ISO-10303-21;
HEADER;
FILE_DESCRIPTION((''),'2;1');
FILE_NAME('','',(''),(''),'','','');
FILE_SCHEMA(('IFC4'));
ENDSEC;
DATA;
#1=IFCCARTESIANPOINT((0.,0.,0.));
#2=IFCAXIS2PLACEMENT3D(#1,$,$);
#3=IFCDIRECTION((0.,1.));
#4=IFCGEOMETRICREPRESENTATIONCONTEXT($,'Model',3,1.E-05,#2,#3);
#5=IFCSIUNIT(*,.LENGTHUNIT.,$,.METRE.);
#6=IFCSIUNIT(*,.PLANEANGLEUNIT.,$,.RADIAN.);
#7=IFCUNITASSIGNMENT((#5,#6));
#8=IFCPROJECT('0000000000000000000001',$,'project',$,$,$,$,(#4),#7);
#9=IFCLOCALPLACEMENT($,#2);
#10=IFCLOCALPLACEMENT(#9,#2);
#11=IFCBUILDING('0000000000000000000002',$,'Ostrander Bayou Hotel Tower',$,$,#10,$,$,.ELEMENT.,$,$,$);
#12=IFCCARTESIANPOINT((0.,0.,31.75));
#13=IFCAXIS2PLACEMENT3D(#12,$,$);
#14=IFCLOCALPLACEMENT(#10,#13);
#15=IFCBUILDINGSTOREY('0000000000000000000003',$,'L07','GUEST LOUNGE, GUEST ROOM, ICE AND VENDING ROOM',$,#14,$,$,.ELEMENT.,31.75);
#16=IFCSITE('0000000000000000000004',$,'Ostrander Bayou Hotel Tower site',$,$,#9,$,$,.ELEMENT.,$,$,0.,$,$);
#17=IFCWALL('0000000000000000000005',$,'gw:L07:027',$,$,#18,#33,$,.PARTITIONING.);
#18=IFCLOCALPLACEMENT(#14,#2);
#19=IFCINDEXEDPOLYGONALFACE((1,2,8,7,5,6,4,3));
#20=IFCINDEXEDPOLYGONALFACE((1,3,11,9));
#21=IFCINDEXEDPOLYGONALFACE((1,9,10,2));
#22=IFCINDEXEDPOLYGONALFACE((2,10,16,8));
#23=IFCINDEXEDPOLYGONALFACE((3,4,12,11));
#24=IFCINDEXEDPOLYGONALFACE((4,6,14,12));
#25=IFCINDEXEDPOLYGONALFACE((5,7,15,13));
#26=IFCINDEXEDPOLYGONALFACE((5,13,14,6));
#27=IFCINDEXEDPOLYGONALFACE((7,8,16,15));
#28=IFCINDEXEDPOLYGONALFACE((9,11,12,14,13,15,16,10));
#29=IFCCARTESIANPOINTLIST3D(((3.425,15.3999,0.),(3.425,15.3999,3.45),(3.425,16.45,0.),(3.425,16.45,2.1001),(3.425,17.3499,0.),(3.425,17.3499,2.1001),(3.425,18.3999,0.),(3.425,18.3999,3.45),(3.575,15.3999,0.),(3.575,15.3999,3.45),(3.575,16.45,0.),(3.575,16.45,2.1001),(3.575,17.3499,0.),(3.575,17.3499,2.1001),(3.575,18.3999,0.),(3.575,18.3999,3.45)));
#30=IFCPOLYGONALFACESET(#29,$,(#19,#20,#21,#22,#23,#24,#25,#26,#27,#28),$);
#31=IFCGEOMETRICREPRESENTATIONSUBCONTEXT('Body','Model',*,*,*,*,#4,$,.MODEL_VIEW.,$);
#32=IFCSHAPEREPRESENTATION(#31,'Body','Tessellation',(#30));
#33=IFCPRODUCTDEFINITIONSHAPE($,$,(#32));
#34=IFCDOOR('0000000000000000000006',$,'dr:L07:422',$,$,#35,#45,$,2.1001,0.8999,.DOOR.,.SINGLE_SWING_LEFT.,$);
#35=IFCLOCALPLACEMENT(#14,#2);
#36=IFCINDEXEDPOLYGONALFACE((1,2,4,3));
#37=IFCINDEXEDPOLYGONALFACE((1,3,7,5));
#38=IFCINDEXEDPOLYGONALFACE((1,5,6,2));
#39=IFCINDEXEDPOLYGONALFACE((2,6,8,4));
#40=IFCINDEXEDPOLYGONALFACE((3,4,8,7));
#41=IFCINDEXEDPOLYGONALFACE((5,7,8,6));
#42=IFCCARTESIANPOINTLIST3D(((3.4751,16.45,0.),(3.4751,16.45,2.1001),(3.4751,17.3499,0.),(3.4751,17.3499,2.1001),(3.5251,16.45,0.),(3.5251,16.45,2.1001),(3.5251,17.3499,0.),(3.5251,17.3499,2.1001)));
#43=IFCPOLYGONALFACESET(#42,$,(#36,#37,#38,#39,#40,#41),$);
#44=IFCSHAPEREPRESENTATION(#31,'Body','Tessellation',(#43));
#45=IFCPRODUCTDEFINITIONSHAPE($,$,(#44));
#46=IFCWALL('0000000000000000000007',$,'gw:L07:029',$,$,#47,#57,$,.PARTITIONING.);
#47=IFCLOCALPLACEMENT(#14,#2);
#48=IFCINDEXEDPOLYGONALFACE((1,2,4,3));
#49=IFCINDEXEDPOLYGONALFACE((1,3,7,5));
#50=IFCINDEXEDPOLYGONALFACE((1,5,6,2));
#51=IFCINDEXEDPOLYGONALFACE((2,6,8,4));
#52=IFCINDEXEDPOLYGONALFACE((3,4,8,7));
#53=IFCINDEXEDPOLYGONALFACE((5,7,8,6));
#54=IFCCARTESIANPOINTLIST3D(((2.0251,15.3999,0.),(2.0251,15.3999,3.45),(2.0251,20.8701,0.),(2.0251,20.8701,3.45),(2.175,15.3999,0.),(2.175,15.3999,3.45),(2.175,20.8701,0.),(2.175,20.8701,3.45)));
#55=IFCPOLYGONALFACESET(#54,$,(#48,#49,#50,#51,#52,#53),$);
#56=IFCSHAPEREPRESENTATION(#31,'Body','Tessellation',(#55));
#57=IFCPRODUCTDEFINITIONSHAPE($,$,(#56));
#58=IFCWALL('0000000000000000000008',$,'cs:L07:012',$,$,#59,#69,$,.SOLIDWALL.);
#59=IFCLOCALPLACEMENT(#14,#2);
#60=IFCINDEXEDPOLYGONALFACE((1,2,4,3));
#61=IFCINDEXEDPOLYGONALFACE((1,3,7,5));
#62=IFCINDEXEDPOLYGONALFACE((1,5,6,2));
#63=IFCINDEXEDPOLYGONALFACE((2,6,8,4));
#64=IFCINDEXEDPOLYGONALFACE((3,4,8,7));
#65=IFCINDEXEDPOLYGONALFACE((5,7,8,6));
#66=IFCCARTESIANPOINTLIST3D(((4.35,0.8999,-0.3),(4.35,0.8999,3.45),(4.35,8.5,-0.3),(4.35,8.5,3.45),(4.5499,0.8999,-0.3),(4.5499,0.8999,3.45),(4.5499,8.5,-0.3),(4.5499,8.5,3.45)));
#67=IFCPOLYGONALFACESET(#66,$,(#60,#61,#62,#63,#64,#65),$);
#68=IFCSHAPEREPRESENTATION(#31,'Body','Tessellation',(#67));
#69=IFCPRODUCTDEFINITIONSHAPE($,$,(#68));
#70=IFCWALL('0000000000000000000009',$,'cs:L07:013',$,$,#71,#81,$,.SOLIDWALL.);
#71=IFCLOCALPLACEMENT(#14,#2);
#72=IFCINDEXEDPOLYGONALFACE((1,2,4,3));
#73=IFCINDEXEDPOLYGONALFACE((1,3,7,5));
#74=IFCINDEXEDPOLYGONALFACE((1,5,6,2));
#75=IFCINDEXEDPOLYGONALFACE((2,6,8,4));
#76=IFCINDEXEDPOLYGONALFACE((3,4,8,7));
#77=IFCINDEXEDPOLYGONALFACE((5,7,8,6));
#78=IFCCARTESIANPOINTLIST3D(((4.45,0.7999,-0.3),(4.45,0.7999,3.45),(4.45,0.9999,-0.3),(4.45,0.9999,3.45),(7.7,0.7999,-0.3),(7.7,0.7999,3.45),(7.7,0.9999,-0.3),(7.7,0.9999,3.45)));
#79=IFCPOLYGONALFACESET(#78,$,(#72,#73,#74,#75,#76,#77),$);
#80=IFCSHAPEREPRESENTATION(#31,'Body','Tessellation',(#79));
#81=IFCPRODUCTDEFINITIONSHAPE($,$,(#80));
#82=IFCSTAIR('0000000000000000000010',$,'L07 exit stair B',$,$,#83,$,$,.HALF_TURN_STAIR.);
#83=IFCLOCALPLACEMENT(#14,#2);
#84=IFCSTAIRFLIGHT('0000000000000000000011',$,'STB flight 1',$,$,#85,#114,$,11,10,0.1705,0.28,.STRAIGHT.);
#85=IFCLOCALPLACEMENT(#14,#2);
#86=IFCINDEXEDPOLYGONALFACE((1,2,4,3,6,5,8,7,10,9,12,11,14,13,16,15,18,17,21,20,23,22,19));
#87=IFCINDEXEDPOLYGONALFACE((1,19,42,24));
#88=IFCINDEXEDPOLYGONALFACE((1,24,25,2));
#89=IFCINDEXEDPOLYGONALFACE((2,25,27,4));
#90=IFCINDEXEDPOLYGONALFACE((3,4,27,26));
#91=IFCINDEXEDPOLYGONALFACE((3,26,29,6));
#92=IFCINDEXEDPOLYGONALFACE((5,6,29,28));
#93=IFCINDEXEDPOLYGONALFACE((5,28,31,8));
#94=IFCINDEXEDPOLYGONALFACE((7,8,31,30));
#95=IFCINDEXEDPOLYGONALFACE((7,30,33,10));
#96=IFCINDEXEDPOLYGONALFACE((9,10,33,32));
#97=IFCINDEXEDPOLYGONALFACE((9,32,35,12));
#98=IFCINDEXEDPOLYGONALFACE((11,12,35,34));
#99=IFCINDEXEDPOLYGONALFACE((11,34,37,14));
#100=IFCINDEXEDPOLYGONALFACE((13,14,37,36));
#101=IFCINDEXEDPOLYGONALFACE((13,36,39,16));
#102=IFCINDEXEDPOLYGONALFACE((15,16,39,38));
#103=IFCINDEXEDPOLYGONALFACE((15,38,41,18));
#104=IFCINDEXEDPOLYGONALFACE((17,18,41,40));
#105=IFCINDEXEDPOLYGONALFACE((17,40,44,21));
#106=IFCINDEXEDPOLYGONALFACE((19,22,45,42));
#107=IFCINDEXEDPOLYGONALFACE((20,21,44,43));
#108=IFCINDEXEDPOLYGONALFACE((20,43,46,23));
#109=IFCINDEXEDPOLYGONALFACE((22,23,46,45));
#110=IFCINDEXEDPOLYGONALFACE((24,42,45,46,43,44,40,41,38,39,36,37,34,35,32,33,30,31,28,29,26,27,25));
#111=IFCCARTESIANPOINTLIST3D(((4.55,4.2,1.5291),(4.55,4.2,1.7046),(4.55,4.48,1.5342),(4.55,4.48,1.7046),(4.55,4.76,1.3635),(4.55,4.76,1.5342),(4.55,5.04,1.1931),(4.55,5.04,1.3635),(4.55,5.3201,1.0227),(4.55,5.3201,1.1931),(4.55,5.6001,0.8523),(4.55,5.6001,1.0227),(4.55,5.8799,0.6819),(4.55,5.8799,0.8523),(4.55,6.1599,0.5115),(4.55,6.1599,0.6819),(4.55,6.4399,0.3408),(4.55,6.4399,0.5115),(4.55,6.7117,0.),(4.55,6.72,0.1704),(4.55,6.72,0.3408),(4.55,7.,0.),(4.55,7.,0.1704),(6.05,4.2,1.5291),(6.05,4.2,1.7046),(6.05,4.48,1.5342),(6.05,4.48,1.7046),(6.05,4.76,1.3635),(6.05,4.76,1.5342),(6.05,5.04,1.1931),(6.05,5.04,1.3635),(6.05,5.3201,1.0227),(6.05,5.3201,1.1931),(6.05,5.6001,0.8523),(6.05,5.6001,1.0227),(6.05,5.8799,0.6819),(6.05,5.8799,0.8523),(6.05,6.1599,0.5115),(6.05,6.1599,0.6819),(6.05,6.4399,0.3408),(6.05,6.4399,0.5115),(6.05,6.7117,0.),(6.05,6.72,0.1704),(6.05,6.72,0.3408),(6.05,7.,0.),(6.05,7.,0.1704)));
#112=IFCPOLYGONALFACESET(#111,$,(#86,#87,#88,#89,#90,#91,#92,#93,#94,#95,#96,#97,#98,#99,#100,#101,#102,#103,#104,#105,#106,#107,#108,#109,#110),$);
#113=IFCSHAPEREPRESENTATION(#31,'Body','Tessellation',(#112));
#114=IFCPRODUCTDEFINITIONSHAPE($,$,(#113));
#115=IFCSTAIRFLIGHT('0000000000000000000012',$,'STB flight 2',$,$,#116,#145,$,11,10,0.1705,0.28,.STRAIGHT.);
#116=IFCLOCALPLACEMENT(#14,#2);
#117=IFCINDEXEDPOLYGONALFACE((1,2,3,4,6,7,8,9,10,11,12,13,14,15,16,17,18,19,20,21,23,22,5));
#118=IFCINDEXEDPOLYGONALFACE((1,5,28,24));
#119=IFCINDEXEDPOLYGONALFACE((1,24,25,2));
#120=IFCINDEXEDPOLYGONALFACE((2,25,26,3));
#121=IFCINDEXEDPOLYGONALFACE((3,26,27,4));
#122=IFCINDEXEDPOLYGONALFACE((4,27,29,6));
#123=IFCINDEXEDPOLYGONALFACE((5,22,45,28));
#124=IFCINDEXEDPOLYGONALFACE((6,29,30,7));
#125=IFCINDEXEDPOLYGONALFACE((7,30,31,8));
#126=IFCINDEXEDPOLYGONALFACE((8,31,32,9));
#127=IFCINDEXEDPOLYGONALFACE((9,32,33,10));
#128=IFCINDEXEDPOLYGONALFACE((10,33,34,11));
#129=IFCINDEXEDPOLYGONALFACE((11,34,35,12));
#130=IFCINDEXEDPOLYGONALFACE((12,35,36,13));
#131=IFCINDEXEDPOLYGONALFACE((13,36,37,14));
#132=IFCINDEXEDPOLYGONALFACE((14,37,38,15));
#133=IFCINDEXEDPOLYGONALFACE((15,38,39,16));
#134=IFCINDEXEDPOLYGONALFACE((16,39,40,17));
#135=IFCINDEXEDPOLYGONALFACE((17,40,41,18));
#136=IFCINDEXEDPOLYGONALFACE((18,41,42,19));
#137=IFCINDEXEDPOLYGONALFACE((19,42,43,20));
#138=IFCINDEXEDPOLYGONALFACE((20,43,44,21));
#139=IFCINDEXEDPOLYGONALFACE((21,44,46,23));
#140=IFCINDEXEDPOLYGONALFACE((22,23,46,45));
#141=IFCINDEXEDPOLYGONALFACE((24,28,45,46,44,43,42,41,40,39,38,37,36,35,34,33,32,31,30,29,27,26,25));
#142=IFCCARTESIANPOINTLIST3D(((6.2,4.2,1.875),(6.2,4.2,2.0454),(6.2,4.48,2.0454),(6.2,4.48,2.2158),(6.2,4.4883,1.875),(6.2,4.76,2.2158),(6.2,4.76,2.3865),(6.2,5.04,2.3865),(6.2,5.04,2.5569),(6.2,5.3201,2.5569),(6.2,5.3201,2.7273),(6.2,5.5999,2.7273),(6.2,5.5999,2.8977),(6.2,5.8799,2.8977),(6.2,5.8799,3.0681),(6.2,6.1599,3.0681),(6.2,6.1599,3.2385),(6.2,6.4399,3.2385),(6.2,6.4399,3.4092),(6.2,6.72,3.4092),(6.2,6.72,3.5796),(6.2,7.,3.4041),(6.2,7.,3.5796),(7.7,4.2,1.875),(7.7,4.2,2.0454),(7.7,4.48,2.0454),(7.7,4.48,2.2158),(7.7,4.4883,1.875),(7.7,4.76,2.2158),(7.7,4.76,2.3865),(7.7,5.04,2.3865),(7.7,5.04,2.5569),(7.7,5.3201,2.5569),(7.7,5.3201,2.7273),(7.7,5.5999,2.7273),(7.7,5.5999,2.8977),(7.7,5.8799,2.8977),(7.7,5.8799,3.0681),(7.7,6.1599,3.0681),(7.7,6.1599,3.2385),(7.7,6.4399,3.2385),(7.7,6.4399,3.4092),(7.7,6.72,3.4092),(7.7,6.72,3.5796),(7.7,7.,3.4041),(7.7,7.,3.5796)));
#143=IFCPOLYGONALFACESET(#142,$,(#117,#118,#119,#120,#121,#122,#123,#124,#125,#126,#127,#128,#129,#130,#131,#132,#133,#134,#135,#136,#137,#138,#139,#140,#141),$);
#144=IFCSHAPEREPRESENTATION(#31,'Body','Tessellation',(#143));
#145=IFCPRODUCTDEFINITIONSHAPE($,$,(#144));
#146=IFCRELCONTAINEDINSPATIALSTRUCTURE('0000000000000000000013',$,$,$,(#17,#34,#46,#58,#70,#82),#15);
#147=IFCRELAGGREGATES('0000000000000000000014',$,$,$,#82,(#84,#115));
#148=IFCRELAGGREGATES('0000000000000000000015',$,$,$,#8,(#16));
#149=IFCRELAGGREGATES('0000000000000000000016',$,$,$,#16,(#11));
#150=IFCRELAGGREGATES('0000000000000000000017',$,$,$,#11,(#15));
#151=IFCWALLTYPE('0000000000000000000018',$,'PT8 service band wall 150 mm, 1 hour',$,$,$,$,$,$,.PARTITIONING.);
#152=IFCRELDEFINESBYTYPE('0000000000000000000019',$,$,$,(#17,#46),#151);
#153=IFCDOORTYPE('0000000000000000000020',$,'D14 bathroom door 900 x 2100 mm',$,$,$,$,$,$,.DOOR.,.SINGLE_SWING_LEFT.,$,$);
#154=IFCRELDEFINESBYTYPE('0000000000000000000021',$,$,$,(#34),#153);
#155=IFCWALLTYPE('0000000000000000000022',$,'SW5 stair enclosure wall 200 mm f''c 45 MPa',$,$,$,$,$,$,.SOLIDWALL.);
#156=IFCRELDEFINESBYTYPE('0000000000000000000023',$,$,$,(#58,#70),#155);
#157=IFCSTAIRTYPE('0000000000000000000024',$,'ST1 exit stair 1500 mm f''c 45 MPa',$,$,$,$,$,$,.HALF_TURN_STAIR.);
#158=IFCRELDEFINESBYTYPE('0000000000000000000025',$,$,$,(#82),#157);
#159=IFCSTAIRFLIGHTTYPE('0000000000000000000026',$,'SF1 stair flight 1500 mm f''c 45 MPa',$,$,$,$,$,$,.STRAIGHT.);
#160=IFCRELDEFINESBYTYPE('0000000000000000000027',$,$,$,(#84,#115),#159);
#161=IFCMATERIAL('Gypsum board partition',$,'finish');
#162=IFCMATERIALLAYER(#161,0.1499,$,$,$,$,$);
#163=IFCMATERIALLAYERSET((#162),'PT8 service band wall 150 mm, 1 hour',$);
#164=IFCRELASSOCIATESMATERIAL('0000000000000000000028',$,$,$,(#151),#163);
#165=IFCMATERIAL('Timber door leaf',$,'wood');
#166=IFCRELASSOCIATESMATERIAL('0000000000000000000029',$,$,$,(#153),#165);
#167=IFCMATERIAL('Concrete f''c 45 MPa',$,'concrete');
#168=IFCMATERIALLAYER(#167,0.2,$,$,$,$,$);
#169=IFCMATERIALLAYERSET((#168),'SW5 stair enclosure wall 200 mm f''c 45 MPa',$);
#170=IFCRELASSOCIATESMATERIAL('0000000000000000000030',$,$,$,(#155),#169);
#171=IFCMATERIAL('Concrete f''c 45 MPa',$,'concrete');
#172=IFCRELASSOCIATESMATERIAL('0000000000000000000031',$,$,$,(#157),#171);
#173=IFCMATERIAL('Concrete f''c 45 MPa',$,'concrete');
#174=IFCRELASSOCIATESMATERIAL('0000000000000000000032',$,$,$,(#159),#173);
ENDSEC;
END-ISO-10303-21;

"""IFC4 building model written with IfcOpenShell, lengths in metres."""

from ifc_helpers import new_model, si_unit, direction, frame, frame_2d, origin, place, context, subcontext, project, spatial, polyline, rectangle, outline, extrude, material, layer, layer_set, type_object, element, fill, aggregate, save


model = new_model("IFC4")

# Units and contexts
model_context = context("Model", 3, precision=1e-05, world=origin(), true_north=direction((0.0, 1.0)))
body_context = subcontext(model_context, "Body", "Model", "MODEL_VIEW")
ifc_project = project(units=[si_unit("LENGTHUNIT", "METRE"), si_unit("PLANEANGLEUNIT", "RADIAN")], contexts=[model_context])

# Site, building, storey
site_placement = place(None, origin())
site = spatial("IfcSite", under=ifc_project, at=site_placement, Name="Ostrander Bayou Hotel Tower site", CompositionType="ELEMENT", RefElevation=0.0)
building_placement = place(site_placement, origin())
building = spatial("IfcBuilding", under=site, at=building_placement, Name="Ostrander Bayou Hotel Tower", CompositionType="ELEMENT")
storey_placement = place(building_placement, frame((0.0, 0.0, 31.75)))
storey = spatial("IfcBuildingStorey", under=building, at=storey_placement, Name="L07", Description="GUEST LOUNGE, GUEST ROOM, ICE AND VENDING ROOM", CompositionType="ELEMENT", Elevation=31.75)

# Shared definitions
ifc_material_1 = material(Name="Gypsum board partition", Category="finish")
ifc_layer_1 = layer(ifc_material_1, 0.1499)
ifc_layer_set_1 = layer_set([ifc_layer_1], Name="PT8 service band wall 150 mm, 1 hour")
wall_type_1 = type_object("IfcWallType", Name="PT8 service band wall 150 mm, 1 hour", PredefinedType="PARTITIONING", material=ifc_layer_set_1)

# Wall, opening, door
wall_1_placement = place(storey_placement, frame((3.5, 15.3999, 0.0), z_axis=(0.0, 0.0, 1.0), x_axis=(0.0, 1.0, 0.0)))
wall_1 = element("IfcWall", 1, at=wall_1_placement, inside=storey, type_object=wall_type_1, Name="gw:L07:027", PredefinedType="PARTITIONING", context=body_context, shape_type="SweptSolid", body=[
    extrude(rectangle(XDim=3.0, YDim=0.1499, at=frame_2d((1.5, 0.0))), origin(), (0.0, 0.0, 1.0), 3.45),
])
opening_1_placement = place(wall_1_placement, frame((1.05, 0.0, 0.0)))
opening_1 = element("IfcOpeningElement", 2, at=opening_1_placement, cuts=wall_1, PredefinedType="OPENING", context=body_context, shape_type="SweptSolid", body=[
    extrude(rectangle(XDim=0.8999, YDim=2.1001, at=frame_2d((0.45, 1.05))), frame((0.0, 0.075, 0.0), z_axis=(0.0, -1.0, 0.0), x_axis=(1.0, 0.0, 0.0)), (0.0, 0.0, 1.0), 0.1499),
])
ifc_material_2 = material(Name="Timber door leaf", Category="wood")
door_type_1 = type_object("IfcDoorType", Name="D14 bathroom door 900 x 2100 mm", OperationType="SINGLE_SWING_LEFT", PredefinedType="DOOR", material=ifc_material_2)
door_1_placement = place(opening_1_placement, origin())
door_1 = element("IfcDoor", 3, at=door_1_placement, inside=storey, type_object=door_type_1, Name="dr:L07:422", OperationType="SINGLE_SWING_LEFT", OverallHeight=2.1001, OverallWidth=0.8999, PredefinedType="DOOR", context=body_context, shape_type="SweptSolid", body=[
    extrude(rectangle(XDim=0.8999, YDim=2.1001, at=frame_2d((0.45, 1.05))), frame((0.0, 0.0249, 0.0), z_axis=(0.0, -1.0, 0.0), x_axis=(1.0, 0.0, 0.0)), (0.0, 0.0, 1.0), 0.05),
])
fill(opening_1, door_1)

# Walls
wall_2_placement = place(storey_placement, frame((2.1001, 15.3999, 0.0), z_axis=(0.0, 0.0, 1.0), x_axis=(0.0, 1.0, 0.0)))
element("IfcWall", 4, at=wall_2_placement, inside=storey, type_object=wall_type_1, Name="gw:L07:029", PredefinedType="PARTITIONING", context=body_context, shape_type="SweptSolid", body=[
    extrude(rectangle(XDim=5.4702, YDim=0.1499, at=frame_2d((2.7351, 0.0))), origin(), (0.0, 0.0, 1.0), 3.45),
])
ifc_material_3 = material(Name="Concrete f'c 45 MPa", Category="concrete")
ifc_layer_2 = layer(ifc_material_3, 0.2)
ifc_layer_set_2 = layer_set([ifc_layer_2], Name="SW5 stair enclosure wall 200 mm f'c 45 MPa")
wall_type_2 = type_object("IfcWallType", Name="SW5 stair enclosure wall 200 mm f'c 45 MPa", PredefinedType="SOLIDWALL", material=ifc_layer_set_2)
wall_3_placement = place(storey_placement, frame((4.45, 0.8999, -0.3), z_axis=(0.0, 0.0, 1.0), x_axis=(0.0, 1.0, 0.0)))
element("IfcWall", 5, at=wall_3_placement, inside=storey, type_object=wall_type_2, Name="cs:L07:012", PredefinedType="SOLIDWALL", context=body_context, shape_type="SweptSolid", body=[
    extrude(rectangle(XDim=7.6001, YDim=0.2, at=frame_2d((3.8, 0.0))), origin(), (0.0, 0.0, 1.0), 3.75),
])
wall_4_placement = place(storey_placement, frame((4.45, 0.8999, -0.3), z_axis=(0.0, 0.0, 1.0), x_axis=(1.0, 0.0, 0.0)))
element("IfcWall", 6, at=wall_4_placement, inside=storey, type_object=wall_type_2, Name="cs:L07:013", PredefinedType="SOLIDWALL", context=body_context, shape_type="SweptSolid", body=[
    extrude(rectangle(XDim=3.25, YDim=0.2, at=frame_2d((1.625, 0.0))), origin(), (0.0, 0.0, 1.0), 3.75),
])

# Stair, stair flights
ifc_material_4 = material(Name="Concrete f'c 45 MPa", Category="concrete")
stair_type = type_object("IfcStairType", Name="ST1 exit stair 1500 mm f'c 45 MPa", PredefinedType="HALF_TURN_STAIR", material=ifc_material_4)
stair_placement = place(storey_placement, origin())
stair = element("IfcStair", 7, at=stair_placement, inside=storey, type_object=stair_type, Name="L07 exit stair B", PredefinedType="HALF_TURN_STAIR")
ifc_material_5 = material(Name="Concrete f'c 45 MPa", Category="concrete")
stair_flight_type = type_object("IfcStairFlightType", Name="SF1 stair flight 1500 mm f'c 45 MPa", PredefinedType="STRAIGHT", material=ifc_material_5)
stair_flight_1_placement = place(storey_placement, frame((5.3, 7.0, 0.0), z_axis=(0.0, 0.0, 1.0), x_axis=(0.0, -1.0, 0.0)))
stair_flight_1 = element("IfcStairFlight", 8, at=stair_flight_1_placement, type_object=stair_flight_type, Name="STB flight 1", NumberOfRisers=11, NumberOfTreads=10, PredefinedType="STRAIGHT", RiserHeight=0.1705, TreadLength=0.28, context=body_context, shape_type="SweptSolid", body=[
    extrude(outline(polyline([(0.0, 0.0), (0.0, 0.1704), (0.28, 0.1704), (0.28, 0.3408), (0.5601, 0.3408), (0.5601, 0.5115), (0.8401, 0.5115), (0.8401, 0.6819), (1.1201, 0.6819), (1.1201, 0.8523), (1.3999, 0.8523), (1.3999, 1.0227), (1.6799, 1.0227), (1.6799, 1.1931), (1.96, 1.1931), (1.96, 1.3635), (2.24, 1.3635), (2.24, 1.5342), (2.52, 1.5342), (2.52, 1.7046), (2.8, 1.7046), (2.8, 1.875), (2.8, 1.5291), (0.2883, 0.0), (0.0, 0.0)])), frame((0.0, 0.75, 0.0), z_axis=(0.0, -1.0, 0.0), x_axis=(1.0, 0.0, 0.0)), (0.0, 0.0, 1.0), 1.5),
])
stair_flight_2_placement = place(storey_placement, frame((6.95, 4.2, 1.875), z_axis=(0.0, 0.0, 1.0), x_axis=(0.0, 1.0, 0.0)))
stair_flight_2 = element("IfcStairFlight", 9, at=stair_flight_2_placement, type_object=stair_flight_type, Name="STB flight 2", NumberOfRisers=11, NumberOfTreads=10, PredefinedType="STRAIGHT", RiserHeight=0.1705, TreadLength=0.28, context=body_context, shape_type="SweptSolid", body=[
    extrude(outline(polyline([(0.0, 0.0), (0.0, 0.1704), (0.28, 0.1704), (0.28, 0.3408), (0.5601, 0.3408), (0.5601, 0.5115), (0.8401, 0.5115), (0.8401, 0.6819), (1.1201, 0.6819), (1.1201, 0.8523), (1.3999, 0.8523), (1.3999, 1.0227), (1.6799, 1.0227), (1.6799, 1.1931), (1.96, 1.1931), (1.96, 1.3635), (2.24, 1.3635), (2.24, 1.5342), (2.52, 1.5342), (2.52, 1.7046), (2.8, 1.7046), (2.8, 1.875), (2.8, 1.5291), (0.2883, 0.0), (0.0, 0.0)])), frame((0.0, 0.75, 0.0), z_axis=(0.0, -1.0, 0.0), x_axis=(1.0, 0.0, 0.0)), (0.0, 0.0, 1.0), 1.5),
])
aggregate(stair, [stair_flight_1, stair_flight_2])

save(model, "model.ifc")
